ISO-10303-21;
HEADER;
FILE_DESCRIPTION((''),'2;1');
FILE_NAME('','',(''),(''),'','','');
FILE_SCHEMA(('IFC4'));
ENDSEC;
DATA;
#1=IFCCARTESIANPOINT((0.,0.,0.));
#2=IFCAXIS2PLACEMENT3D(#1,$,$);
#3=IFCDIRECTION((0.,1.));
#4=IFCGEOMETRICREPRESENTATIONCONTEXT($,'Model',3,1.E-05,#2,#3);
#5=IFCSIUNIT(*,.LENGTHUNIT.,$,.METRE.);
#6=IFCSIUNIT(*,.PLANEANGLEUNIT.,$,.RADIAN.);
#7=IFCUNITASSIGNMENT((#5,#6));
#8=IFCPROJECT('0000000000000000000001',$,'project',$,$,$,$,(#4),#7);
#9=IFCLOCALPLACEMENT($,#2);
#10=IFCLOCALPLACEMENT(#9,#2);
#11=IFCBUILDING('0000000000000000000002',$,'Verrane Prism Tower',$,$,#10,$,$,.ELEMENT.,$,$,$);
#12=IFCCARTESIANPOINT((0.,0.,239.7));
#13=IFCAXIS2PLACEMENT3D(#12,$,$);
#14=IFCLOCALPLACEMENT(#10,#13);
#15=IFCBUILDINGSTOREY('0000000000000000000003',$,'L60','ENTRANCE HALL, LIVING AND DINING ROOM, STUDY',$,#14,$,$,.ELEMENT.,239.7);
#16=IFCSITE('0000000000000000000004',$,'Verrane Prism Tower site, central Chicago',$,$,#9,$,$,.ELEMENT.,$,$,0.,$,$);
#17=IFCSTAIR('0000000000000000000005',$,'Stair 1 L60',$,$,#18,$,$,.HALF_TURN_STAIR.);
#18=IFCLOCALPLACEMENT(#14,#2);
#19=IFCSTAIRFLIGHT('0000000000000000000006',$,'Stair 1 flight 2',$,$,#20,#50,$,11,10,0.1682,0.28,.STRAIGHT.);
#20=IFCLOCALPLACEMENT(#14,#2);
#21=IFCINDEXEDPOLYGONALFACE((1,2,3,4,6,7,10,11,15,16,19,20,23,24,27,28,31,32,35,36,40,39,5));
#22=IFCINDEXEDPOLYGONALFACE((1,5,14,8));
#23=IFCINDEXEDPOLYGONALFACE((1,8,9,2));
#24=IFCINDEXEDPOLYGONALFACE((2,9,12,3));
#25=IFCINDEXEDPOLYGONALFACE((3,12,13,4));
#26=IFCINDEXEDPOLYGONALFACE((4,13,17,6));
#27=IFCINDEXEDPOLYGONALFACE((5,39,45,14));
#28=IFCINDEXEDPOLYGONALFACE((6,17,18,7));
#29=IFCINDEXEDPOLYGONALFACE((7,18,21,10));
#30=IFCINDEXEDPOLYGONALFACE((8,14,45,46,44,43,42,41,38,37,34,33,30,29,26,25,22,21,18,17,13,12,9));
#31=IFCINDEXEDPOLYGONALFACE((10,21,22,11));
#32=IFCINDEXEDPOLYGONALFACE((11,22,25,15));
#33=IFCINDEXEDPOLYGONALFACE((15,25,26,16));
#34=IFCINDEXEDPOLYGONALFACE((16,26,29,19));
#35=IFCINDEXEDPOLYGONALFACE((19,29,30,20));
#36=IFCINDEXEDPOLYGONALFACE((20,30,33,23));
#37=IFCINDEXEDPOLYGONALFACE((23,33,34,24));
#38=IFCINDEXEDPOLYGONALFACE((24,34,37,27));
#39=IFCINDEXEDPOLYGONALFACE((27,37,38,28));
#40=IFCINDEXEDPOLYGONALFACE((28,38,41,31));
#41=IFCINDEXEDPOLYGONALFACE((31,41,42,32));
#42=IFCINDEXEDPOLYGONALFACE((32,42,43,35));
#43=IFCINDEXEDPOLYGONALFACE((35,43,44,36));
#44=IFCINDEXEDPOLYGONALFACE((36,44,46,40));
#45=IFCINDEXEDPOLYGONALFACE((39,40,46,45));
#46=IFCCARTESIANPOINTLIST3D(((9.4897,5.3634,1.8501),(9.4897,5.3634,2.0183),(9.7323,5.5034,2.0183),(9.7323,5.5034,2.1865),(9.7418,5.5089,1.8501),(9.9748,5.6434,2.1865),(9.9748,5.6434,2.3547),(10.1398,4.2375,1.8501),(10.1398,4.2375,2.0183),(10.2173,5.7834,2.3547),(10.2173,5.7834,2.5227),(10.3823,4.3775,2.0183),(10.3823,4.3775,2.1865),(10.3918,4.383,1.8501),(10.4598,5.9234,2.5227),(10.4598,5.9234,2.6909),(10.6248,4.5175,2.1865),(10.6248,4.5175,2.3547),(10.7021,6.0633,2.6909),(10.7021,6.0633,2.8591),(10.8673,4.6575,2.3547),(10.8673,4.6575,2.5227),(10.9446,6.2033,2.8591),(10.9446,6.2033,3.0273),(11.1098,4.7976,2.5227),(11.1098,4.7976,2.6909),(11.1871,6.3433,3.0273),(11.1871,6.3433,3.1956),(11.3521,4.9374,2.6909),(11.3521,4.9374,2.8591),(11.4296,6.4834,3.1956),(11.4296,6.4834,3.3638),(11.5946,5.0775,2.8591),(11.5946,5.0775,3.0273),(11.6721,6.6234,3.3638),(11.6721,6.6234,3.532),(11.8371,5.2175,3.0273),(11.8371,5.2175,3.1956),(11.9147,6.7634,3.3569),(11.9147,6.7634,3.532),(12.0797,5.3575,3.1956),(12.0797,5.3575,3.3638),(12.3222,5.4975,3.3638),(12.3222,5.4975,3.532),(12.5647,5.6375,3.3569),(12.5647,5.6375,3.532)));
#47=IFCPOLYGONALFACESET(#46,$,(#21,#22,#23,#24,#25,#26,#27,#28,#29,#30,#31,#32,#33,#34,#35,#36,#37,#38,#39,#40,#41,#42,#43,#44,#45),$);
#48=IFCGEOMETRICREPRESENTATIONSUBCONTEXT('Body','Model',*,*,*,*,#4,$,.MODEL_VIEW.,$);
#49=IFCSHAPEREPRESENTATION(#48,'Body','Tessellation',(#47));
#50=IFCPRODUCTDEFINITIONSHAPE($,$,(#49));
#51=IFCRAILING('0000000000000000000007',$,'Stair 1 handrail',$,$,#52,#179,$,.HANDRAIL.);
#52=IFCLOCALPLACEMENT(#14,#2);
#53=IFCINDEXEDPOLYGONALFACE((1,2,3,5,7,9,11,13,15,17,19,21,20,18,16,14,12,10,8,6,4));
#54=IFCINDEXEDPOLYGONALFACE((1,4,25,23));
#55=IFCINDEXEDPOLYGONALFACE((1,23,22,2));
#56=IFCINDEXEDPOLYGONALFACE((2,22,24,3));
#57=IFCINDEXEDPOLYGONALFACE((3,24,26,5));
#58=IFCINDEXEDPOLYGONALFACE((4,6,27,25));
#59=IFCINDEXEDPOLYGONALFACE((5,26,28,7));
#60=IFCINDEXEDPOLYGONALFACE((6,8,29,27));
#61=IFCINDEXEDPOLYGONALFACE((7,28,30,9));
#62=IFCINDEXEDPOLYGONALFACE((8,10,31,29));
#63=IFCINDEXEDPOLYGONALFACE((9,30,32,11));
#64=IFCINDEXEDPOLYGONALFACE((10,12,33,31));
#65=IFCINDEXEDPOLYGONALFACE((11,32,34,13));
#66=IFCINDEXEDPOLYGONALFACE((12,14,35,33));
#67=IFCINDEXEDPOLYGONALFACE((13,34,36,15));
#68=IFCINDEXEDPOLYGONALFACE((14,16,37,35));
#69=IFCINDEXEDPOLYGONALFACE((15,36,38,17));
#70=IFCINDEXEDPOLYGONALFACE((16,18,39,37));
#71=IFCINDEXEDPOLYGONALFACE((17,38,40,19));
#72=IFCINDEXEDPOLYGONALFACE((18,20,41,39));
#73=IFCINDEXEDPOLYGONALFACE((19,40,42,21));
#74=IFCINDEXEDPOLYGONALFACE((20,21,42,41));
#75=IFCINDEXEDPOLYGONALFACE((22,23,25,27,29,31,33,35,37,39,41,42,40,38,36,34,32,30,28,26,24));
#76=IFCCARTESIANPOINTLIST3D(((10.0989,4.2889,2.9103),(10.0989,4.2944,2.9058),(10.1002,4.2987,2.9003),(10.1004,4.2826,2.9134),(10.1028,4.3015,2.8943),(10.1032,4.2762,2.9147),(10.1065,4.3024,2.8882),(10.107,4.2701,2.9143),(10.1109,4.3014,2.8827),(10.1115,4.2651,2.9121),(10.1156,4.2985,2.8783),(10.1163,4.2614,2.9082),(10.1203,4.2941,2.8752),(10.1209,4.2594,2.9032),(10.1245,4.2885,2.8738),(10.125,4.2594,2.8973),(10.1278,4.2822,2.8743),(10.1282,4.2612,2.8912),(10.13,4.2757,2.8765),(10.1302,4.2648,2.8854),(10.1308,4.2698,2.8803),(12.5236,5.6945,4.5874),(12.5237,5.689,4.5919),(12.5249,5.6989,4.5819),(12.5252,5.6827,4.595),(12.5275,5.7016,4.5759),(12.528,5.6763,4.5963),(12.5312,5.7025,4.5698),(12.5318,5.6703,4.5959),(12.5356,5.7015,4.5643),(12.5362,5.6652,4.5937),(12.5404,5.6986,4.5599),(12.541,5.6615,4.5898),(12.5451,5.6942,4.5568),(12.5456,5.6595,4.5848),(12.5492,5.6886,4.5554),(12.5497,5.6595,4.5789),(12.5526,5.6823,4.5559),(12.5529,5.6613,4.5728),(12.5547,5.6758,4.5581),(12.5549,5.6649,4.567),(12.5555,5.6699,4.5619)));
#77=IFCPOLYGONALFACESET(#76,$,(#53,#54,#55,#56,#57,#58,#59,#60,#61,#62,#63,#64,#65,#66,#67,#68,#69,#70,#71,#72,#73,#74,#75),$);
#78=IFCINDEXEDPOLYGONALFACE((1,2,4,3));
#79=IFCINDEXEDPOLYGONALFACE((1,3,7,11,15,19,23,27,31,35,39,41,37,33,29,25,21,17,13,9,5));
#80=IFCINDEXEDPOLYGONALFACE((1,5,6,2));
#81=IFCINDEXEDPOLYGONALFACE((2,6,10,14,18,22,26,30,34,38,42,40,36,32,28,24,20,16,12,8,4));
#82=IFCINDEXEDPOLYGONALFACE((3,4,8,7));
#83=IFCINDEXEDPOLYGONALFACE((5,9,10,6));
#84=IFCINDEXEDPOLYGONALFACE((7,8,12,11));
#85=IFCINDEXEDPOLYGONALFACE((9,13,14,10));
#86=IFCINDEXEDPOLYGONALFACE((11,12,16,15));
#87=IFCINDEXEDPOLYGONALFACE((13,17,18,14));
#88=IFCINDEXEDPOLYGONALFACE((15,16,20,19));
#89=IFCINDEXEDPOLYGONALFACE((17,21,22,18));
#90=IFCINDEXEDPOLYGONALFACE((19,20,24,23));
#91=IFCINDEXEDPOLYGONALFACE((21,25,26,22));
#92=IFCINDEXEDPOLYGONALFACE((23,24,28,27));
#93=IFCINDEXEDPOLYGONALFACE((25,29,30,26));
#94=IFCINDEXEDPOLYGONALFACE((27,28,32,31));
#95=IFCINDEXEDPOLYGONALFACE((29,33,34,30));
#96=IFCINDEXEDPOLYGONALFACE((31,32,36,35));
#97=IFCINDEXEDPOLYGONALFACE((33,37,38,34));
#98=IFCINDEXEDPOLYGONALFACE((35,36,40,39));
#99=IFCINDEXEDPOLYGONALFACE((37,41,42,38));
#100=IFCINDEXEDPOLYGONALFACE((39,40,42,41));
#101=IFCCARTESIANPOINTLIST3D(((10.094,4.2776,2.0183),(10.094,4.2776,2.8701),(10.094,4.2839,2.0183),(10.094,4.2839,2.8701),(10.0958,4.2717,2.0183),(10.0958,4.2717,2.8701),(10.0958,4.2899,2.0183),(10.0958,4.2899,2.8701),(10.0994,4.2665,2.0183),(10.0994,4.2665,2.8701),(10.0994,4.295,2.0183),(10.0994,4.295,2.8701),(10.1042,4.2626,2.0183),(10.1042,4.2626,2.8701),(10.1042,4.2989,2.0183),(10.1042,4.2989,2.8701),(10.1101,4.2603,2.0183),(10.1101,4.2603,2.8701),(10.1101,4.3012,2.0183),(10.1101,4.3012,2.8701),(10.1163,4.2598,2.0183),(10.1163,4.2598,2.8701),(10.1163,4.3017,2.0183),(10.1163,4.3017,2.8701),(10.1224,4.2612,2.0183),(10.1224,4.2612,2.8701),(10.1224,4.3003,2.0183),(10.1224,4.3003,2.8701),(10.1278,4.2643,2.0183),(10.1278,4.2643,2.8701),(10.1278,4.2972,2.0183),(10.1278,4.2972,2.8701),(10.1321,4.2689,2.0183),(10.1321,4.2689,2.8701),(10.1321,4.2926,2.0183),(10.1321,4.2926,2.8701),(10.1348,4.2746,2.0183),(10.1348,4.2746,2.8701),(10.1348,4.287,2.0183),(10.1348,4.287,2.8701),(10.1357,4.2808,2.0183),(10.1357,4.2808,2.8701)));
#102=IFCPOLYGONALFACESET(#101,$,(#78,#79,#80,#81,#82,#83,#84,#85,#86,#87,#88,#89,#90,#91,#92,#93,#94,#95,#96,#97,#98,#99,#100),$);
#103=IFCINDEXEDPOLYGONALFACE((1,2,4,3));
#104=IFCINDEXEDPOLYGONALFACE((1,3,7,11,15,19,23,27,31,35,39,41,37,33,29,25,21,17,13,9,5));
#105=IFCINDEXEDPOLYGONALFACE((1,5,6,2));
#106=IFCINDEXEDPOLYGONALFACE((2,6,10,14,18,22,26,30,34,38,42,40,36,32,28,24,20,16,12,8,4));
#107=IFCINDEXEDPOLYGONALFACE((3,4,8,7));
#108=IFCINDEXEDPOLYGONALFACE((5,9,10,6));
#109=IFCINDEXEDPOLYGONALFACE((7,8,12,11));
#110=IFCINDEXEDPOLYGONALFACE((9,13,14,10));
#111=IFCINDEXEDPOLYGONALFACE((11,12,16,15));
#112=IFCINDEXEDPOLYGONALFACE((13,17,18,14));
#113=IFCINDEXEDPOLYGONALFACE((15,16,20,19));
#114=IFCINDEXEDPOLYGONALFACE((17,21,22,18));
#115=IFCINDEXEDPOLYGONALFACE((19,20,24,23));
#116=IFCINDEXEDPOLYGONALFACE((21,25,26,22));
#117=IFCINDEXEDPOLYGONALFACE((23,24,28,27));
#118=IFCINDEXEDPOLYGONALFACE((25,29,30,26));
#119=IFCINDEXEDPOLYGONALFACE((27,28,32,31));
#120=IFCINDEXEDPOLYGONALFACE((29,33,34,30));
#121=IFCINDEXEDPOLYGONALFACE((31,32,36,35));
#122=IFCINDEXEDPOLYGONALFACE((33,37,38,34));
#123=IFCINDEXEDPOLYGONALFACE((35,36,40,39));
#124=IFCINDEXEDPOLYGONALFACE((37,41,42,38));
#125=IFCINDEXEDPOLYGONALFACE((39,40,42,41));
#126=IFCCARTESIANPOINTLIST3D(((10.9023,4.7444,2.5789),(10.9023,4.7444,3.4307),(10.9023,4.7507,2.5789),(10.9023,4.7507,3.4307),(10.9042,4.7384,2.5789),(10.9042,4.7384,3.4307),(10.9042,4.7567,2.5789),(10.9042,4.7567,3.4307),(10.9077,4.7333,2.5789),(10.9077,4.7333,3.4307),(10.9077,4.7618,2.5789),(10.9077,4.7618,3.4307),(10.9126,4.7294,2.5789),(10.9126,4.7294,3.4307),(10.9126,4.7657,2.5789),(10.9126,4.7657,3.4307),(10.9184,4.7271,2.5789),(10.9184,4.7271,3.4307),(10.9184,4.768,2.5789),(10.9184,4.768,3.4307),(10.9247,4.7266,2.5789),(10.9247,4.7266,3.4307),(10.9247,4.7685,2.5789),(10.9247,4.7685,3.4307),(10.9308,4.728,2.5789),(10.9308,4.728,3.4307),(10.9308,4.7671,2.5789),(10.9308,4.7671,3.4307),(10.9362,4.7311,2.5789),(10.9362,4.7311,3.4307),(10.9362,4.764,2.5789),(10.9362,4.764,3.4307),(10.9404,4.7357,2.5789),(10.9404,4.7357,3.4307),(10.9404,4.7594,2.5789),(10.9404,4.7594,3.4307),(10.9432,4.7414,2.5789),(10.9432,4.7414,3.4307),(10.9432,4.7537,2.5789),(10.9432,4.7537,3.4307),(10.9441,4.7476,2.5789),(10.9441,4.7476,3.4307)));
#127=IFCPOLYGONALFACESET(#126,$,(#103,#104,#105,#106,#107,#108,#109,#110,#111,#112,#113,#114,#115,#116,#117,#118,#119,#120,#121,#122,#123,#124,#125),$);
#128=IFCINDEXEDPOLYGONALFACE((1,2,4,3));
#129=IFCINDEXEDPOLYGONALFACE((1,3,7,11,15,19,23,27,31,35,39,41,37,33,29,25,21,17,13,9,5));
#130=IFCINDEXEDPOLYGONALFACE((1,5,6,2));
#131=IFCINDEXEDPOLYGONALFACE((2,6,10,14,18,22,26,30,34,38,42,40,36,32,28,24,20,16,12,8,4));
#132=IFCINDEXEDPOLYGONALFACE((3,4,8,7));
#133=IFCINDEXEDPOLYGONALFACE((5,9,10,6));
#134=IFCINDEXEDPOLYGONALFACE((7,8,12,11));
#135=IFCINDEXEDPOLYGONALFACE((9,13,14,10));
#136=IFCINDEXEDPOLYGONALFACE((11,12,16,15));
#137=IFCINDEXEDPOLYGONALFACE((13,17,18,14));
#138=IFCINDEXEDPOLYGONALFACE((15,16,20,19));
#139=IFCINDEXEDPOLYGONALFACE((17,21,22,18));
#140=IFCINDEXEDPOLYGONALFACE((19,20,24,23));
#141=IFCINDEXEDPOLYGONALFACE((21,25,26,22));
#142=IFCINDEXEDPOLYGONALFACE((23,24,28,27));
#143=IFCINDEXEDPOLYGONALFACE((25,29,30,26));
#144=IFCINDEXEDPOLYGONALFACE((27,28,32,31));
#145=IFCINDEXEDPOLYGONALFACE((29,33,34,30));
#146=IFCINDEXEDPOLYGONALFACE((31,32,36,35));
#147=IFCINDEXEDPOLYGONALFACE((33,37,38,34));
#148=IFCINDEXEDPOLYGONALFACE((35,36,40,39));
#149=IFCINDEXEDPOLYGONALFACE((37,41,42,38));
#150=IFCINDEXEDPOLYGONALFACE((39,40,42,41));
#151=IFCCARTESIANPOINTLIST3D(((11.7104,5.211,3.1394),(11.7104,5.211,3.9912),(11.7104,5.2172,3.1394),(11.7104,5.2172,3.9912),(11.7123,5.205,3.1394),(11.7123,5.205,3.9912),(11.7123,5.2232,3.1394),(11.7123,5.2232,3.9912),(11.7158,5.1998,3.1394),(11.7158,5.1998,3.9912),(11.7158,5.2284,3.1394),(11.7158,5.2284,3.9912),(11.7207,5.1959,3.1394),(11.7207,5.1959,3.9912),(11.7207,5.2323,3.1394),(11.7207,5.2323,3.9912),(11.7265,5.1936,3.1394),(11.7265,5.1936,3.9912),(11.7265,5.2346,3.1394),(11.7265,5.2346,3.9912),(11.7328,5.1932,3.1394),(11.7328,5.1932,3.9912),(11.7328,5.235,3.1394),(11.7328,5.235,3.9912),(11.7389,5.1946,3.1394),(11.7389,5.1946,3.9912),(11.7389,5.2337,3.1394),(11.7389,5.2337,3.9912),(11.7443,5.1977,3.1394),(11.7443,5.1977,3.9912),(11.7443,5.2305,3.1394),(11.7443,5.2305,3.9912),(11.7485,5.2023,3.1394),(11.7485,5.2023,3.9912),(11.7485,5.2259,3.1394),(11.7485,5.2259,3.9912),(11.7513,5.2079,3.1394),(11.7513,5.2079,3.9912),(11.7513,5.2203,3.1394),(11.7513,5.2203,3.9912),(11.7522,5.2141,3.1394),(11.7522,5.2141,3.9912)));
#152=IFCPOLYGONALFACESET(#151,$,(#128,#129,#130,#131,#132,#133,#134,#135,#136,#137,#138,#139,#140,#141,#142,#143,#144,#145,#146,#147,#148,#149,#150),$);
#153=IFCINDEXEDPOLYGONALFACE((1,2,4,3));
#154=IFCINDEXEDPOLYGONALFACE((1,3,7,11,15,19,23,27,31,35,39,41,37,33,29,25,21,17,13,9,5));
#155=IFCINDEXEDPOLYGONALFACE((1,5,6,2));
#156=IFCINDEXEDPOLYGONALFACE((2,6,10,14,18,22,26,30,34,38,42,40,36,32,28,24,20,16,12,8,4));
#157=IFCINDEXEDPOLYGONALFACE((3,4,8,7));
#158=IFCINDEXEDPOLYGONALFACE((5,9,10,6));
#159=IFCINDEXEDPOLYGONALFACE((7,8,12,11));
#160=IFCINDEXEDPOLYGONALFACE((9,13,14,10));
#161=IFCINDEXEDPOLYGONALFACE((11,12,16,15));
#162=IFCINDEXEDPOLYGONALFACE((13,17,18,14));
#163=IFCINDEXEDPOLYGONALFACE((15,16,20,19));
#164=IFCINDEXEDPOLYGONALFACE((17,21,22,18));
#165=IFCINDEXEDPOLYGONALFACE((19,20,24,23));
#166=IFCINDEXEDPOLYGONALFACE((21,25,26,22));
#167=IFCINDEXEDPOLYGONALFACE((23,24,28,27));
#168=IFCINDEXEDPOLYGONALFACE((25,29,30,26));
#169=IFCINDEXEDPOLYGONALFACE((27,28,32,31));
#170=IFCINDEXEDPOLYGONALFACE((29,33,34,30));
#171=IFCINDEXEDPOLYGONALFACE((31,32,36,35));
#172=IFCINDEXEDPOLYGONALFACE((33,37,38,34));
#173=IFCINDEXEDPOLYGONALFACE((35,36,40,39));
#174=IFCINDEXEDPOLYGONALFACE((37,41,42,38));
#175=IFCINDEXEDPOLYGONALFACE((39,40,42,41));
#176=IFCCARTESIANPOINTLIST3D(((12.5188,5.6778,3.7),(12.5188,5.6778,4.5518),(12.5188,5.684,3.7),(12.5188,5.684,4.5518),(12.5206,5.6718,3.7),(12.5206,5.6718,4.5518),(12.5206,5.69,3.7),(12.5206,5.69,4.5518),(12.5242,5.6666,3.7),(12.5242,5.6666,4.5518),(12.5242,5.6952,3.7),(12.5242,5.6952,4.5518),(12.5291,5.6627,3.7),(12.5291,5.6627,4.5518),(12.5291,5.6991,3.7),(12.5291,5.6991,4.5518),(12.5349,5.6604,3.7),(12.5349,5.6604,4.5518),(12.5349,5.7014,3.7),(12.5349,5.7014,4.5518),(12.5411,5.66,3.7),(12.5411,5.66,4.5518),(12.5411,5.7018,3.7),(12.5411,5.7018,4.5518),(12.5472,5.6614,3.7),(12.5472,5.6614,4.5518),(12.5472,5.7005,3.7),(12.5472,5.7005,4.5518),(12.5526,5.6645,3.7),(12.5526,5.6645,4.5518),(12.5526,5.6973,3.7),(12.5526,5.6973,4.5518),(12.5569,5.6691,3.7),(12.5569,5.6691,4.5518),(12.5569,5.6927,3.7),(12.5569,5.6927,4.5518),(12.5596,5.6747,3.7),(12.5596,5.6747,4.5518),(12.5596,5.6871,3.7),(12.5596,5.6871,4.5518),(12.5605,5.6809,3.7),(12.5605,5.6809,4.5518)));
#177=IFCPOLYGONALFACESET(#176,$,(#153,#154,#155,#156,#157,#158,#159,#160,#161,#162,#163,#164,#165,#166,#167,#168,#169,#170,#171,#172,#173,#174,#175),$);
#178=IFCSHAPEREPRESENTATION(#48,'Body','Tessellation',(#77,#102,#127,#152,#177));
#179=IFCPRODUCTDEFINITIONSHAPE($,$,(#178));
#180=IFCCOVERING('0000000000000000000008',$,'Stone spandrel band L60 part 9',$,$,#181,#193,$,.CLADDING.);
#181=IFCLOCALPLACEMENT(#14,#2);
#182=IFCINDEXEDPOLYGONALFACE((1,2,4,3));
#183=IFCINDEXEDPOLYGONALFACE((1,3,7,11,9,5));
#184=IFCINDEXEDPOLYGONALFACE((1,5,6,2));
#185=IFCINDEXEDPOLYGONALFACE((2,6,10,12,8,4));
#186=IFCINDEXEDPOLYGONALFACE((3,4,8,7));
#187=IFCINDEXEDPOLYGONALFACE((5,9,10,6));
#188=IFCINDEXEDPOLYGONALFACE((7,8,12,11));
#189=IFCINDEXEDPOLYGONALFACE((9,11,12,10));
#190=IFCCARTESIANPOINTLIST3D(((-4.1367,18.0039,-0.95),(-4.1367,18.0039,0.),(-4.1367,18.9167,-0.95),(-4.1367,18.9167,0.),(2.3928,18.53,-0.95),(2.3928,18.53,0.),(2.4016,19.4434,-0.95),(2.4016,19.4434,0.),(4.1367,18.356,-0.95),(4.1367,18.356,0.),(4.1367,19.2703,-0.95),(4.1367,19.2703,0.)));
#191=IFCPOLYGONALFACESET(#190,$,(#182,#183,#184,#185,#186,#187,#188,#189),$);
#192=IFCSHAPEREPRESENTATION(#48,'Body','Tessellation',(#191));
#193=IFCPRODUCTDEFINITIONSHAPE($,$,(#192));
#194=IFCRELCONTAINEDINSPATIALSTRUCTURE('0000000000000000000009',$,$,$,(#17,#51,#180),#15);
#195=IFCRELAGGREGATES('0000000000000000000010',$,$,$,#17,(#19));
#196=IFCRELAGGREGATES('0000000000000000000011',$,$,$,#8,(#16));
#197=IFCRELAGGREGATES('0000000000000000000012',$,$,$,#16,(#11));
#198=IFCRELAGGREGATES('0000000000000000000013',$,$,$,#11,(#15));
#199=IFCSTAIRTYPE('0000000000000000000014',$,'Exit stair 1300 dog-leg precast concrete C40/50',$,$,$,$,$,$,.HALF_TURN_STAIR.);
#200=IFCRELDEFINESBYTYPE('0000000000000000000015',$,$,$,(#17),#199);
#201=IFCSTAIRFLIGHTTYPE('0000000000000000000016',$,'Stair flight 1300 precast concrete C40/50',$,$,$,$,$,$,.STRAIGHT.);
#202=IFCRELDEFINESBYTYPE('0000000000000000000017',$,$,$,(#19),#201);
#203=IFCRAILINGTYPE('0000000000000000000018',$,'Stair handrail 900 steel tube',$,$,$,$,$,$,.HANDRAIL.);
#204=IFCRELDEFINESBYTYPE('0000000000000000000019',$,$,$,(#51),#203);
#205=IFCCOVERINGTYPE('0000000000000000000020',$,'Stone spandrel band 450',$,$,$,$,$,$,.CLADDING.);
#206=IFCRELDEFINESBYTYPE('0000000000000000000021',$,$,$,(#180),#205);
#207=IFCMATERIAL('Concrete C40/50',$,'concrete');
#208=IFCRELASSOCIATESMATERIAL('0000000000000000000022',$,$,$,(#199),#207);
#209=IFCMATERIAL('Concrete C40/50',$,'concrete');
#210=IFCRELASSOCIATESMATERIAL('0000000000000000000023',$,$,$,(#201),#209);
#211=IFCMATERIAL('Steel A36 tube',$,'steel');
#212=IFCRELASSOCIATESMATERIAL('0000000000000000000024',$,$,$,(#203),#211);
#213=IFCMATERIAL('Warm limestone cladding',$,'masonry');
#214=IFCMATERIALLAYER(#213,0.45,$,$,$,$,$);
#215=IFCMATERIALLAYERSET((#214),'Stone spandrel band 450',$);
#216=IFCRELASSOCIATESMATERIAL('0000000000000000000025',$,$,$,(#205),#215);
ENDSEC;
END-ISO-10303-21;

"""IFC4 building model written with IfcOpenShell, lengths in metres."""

from ifc_helpers import new_model, si_unit, direction, frame, origin, origin_2d, place, context, subcontext, project, spatial, polyline, circle, outline, extrude, material, layer, layer_set, type_object, element, aggregate, save


model = new_model("IFC4")

# Units and contexts
model_context = context("Model", 3, precision=1e-05, world=origin(), true_north=direction((0.0, 1.0)))
body_context = subcontext(model_context, "Body", "Model", "MODEL_VIEW")
ifc_project = project(units=[si_unit("LENGTHUNIT", "METRE"), si_unit("PLANEANGLEUNIT", "RADIAN")], contexts=[model_context])

# Site, building, storey
site_placement = place(None, origin())
site = spatial("IfcSite", under=ifc_project, at=site_placement, Name="Verrane Prism Tower site, central Chicago", CompositionType="ELEMENT", RefElevation=0.0)
building_placement = place(site_placement, origin())
building = spatial("IfcBuilding", under=site, at=building_placement, Name="Verrane Prism Tower", CompositionType="ELEMENT")
storey_placement = place(building_placement, frame((0.0, 0.0, 239.7)))
storey = spatial("IfcBuildingStorey", under=building, at=storey_placement, Name="L60", Description="ENTRANCE HALL, LIVING AND DINING ROOM, STUDY", CompositionType="ELEMENT", Elevation=239.7)

# Stair
ifc_material_1 = material(Name="Concrete C40/50", Category="concrete")
stair_type = type_object("IfcStairType", Name="Exit stair 1300 dog-leg precast concrete C40/50", PredefinedType="HALF_TURN_STAIR", material=ifc_material_1)
stair_1_placement = place(storey_placement, origin())
stair_1 = element("IfcStair", 1, at=stair_1_placement, inside=storey, type_object=stair_type, Name="Stair 1 L60", PredefinedType="HALF_TURN_STAIR")

# Stair flight
ifc_material_2 = material(Name="Concrete C40/50", Category="concrete")
stair_flight_type = type_object("IfcStairFlightType", Name="Stair flight 1300 precast concrete C40/50", PredefinedType="STRAIGHT", material=ifc_material_2)
stair_flight_placement = place(storey_placement, frame((9.8147, 4.8005, 1.8501), z_axis=(0.0, 0.0, 1.0), x_axis=(0.866025, 0.5, 0.0)))
stair_flight = element("IfcStairFlight", 2, at=stair_flight_placement, type_object=stair_flight_type, Name="Stair 1 flight 2", NumberOfRisers=11, NumberOfTreads=10, PredefinedType="STRAIGHT", RiserHeight=0.1682, TreadLength=0.28, context=body_context, shape_type="SweptSolid", body=[
    extrude(outline(polyline([(0.0, 0.0), (0.0, 0.1682), (0.28, 0.1682), (0.28, 0.3364), (0.5601, 0.3364), (0.5601, 0.5046), (0.8401, 0.5046), (0.8401, 0.6726), (1.1201, 0.6726), (1.1201, 0.8408), (1.3999, 0.8408), (1.3999, 1.009), (1.6799, 1.009), (1.6799, 1.1772), (1.96, 1.1772), (1.96, 1.3455), (2.24, 1.3455), (2.24, 1.5137), (2.52, 1.5137), (2.52, 1.6819), (2.8, 1.6819), (2.8, 1.8501), (2.8, 1.5068), (0.291, 0.0), (0.0, 0.0)])), frame((0.0, 0.6499, 0.0), z_axis=(0.0, -1.0, 0.0), x_axis=(1.0, 0.0, 0.0)), (0.0, 0.0, 1.0), 1.3),
])
aggregate(stair_1, [stair_flight])

# Railing
ifc_material_3 = material(Name="Steel A36 tube", Category="steel")
railing_type = type_object("IfcRailingType", Name="Stair handrail 900 steel tube", PredefinedType="HANDRAIL", material=ifc_material_3)
railing_placement = place(storey_placement, frame((10.1147, 4.2808, 2.0183)))
element("IfcRailing", 3, at=railing_placement, inside=storey, type_object=railing_type, Name="Stair 1 handrail", PredefinedType="HANDRAIL", context=body_context, shape_type="SweptSolid", body=[
    extrude(circle(Radius=0.0239, at=origin_2d()), frame((0.0, 0.0, 0.876), z_axis=(0.742395, 0.428679, 0.514863), x_axis=(-0.50005, 0.865997, 0.0)), (0.0, 0.0, 1.0), 3.2661),
    extrude(circle(Radius=0.021, at=origin_2d()), origin(), (0.0, 0.0, 1.0), 0.8518),
    extrude(circle(Radius=0.021, at=origin_2d()), frame((0.8083, 0.4668, 0.5605)), (0.0, 0.0, 1.0), 0.8518),
    extrude(circle(Radius=0.021, at=origin_2d()), frame((1.6165, 0.9333, 1.1211)), (0.0, 0.0, 1.0), 0.8518),
    extrude(circle(Radius=0.021, at=origin_2d()), frame((2.4248, 1.4001, 1.6816)), (0.0, 0.0, 1.0), 0.8518),
])

# Covering
ifc_material_4 = material(Name="Warm limestone cladding", Category="masonry")
ifc_layer_1 = layer(ifc_material_4, 0.45)
ifc_layer_set_1 = layer_set([ifc_layer_1], Name="Stone spandrel band 450")
covering_type = type_object("IfcCoveringType", Name="Stone spandrel band 450", PredefinedType="CLADDING", material=ifc_layer_set_1)
covering_placement = place(storey_placement, frame((0.0, 0.0, -0.95)))
element("IfcCovering", 4, at=covering_placement, inside=storey, type_object=covering_type, Name="Stone spandrel band L60 part 9", PredefinedType="CLADDING", context=body_context, shape_type="SweptSolid", body=[
    extrude(outline(polyline([(-4.1367, 18.9167), (-4.1367, 18.0039), (2.3928, 18.53), (4.1367, 18.356), (4.1367, 19.2703), (2.4016, 19.4434), (-4.1367, 18.9167)])), origin(), (0.0, 0.0, 1.0), 0.95),
])

save(model, "model.ifc")
